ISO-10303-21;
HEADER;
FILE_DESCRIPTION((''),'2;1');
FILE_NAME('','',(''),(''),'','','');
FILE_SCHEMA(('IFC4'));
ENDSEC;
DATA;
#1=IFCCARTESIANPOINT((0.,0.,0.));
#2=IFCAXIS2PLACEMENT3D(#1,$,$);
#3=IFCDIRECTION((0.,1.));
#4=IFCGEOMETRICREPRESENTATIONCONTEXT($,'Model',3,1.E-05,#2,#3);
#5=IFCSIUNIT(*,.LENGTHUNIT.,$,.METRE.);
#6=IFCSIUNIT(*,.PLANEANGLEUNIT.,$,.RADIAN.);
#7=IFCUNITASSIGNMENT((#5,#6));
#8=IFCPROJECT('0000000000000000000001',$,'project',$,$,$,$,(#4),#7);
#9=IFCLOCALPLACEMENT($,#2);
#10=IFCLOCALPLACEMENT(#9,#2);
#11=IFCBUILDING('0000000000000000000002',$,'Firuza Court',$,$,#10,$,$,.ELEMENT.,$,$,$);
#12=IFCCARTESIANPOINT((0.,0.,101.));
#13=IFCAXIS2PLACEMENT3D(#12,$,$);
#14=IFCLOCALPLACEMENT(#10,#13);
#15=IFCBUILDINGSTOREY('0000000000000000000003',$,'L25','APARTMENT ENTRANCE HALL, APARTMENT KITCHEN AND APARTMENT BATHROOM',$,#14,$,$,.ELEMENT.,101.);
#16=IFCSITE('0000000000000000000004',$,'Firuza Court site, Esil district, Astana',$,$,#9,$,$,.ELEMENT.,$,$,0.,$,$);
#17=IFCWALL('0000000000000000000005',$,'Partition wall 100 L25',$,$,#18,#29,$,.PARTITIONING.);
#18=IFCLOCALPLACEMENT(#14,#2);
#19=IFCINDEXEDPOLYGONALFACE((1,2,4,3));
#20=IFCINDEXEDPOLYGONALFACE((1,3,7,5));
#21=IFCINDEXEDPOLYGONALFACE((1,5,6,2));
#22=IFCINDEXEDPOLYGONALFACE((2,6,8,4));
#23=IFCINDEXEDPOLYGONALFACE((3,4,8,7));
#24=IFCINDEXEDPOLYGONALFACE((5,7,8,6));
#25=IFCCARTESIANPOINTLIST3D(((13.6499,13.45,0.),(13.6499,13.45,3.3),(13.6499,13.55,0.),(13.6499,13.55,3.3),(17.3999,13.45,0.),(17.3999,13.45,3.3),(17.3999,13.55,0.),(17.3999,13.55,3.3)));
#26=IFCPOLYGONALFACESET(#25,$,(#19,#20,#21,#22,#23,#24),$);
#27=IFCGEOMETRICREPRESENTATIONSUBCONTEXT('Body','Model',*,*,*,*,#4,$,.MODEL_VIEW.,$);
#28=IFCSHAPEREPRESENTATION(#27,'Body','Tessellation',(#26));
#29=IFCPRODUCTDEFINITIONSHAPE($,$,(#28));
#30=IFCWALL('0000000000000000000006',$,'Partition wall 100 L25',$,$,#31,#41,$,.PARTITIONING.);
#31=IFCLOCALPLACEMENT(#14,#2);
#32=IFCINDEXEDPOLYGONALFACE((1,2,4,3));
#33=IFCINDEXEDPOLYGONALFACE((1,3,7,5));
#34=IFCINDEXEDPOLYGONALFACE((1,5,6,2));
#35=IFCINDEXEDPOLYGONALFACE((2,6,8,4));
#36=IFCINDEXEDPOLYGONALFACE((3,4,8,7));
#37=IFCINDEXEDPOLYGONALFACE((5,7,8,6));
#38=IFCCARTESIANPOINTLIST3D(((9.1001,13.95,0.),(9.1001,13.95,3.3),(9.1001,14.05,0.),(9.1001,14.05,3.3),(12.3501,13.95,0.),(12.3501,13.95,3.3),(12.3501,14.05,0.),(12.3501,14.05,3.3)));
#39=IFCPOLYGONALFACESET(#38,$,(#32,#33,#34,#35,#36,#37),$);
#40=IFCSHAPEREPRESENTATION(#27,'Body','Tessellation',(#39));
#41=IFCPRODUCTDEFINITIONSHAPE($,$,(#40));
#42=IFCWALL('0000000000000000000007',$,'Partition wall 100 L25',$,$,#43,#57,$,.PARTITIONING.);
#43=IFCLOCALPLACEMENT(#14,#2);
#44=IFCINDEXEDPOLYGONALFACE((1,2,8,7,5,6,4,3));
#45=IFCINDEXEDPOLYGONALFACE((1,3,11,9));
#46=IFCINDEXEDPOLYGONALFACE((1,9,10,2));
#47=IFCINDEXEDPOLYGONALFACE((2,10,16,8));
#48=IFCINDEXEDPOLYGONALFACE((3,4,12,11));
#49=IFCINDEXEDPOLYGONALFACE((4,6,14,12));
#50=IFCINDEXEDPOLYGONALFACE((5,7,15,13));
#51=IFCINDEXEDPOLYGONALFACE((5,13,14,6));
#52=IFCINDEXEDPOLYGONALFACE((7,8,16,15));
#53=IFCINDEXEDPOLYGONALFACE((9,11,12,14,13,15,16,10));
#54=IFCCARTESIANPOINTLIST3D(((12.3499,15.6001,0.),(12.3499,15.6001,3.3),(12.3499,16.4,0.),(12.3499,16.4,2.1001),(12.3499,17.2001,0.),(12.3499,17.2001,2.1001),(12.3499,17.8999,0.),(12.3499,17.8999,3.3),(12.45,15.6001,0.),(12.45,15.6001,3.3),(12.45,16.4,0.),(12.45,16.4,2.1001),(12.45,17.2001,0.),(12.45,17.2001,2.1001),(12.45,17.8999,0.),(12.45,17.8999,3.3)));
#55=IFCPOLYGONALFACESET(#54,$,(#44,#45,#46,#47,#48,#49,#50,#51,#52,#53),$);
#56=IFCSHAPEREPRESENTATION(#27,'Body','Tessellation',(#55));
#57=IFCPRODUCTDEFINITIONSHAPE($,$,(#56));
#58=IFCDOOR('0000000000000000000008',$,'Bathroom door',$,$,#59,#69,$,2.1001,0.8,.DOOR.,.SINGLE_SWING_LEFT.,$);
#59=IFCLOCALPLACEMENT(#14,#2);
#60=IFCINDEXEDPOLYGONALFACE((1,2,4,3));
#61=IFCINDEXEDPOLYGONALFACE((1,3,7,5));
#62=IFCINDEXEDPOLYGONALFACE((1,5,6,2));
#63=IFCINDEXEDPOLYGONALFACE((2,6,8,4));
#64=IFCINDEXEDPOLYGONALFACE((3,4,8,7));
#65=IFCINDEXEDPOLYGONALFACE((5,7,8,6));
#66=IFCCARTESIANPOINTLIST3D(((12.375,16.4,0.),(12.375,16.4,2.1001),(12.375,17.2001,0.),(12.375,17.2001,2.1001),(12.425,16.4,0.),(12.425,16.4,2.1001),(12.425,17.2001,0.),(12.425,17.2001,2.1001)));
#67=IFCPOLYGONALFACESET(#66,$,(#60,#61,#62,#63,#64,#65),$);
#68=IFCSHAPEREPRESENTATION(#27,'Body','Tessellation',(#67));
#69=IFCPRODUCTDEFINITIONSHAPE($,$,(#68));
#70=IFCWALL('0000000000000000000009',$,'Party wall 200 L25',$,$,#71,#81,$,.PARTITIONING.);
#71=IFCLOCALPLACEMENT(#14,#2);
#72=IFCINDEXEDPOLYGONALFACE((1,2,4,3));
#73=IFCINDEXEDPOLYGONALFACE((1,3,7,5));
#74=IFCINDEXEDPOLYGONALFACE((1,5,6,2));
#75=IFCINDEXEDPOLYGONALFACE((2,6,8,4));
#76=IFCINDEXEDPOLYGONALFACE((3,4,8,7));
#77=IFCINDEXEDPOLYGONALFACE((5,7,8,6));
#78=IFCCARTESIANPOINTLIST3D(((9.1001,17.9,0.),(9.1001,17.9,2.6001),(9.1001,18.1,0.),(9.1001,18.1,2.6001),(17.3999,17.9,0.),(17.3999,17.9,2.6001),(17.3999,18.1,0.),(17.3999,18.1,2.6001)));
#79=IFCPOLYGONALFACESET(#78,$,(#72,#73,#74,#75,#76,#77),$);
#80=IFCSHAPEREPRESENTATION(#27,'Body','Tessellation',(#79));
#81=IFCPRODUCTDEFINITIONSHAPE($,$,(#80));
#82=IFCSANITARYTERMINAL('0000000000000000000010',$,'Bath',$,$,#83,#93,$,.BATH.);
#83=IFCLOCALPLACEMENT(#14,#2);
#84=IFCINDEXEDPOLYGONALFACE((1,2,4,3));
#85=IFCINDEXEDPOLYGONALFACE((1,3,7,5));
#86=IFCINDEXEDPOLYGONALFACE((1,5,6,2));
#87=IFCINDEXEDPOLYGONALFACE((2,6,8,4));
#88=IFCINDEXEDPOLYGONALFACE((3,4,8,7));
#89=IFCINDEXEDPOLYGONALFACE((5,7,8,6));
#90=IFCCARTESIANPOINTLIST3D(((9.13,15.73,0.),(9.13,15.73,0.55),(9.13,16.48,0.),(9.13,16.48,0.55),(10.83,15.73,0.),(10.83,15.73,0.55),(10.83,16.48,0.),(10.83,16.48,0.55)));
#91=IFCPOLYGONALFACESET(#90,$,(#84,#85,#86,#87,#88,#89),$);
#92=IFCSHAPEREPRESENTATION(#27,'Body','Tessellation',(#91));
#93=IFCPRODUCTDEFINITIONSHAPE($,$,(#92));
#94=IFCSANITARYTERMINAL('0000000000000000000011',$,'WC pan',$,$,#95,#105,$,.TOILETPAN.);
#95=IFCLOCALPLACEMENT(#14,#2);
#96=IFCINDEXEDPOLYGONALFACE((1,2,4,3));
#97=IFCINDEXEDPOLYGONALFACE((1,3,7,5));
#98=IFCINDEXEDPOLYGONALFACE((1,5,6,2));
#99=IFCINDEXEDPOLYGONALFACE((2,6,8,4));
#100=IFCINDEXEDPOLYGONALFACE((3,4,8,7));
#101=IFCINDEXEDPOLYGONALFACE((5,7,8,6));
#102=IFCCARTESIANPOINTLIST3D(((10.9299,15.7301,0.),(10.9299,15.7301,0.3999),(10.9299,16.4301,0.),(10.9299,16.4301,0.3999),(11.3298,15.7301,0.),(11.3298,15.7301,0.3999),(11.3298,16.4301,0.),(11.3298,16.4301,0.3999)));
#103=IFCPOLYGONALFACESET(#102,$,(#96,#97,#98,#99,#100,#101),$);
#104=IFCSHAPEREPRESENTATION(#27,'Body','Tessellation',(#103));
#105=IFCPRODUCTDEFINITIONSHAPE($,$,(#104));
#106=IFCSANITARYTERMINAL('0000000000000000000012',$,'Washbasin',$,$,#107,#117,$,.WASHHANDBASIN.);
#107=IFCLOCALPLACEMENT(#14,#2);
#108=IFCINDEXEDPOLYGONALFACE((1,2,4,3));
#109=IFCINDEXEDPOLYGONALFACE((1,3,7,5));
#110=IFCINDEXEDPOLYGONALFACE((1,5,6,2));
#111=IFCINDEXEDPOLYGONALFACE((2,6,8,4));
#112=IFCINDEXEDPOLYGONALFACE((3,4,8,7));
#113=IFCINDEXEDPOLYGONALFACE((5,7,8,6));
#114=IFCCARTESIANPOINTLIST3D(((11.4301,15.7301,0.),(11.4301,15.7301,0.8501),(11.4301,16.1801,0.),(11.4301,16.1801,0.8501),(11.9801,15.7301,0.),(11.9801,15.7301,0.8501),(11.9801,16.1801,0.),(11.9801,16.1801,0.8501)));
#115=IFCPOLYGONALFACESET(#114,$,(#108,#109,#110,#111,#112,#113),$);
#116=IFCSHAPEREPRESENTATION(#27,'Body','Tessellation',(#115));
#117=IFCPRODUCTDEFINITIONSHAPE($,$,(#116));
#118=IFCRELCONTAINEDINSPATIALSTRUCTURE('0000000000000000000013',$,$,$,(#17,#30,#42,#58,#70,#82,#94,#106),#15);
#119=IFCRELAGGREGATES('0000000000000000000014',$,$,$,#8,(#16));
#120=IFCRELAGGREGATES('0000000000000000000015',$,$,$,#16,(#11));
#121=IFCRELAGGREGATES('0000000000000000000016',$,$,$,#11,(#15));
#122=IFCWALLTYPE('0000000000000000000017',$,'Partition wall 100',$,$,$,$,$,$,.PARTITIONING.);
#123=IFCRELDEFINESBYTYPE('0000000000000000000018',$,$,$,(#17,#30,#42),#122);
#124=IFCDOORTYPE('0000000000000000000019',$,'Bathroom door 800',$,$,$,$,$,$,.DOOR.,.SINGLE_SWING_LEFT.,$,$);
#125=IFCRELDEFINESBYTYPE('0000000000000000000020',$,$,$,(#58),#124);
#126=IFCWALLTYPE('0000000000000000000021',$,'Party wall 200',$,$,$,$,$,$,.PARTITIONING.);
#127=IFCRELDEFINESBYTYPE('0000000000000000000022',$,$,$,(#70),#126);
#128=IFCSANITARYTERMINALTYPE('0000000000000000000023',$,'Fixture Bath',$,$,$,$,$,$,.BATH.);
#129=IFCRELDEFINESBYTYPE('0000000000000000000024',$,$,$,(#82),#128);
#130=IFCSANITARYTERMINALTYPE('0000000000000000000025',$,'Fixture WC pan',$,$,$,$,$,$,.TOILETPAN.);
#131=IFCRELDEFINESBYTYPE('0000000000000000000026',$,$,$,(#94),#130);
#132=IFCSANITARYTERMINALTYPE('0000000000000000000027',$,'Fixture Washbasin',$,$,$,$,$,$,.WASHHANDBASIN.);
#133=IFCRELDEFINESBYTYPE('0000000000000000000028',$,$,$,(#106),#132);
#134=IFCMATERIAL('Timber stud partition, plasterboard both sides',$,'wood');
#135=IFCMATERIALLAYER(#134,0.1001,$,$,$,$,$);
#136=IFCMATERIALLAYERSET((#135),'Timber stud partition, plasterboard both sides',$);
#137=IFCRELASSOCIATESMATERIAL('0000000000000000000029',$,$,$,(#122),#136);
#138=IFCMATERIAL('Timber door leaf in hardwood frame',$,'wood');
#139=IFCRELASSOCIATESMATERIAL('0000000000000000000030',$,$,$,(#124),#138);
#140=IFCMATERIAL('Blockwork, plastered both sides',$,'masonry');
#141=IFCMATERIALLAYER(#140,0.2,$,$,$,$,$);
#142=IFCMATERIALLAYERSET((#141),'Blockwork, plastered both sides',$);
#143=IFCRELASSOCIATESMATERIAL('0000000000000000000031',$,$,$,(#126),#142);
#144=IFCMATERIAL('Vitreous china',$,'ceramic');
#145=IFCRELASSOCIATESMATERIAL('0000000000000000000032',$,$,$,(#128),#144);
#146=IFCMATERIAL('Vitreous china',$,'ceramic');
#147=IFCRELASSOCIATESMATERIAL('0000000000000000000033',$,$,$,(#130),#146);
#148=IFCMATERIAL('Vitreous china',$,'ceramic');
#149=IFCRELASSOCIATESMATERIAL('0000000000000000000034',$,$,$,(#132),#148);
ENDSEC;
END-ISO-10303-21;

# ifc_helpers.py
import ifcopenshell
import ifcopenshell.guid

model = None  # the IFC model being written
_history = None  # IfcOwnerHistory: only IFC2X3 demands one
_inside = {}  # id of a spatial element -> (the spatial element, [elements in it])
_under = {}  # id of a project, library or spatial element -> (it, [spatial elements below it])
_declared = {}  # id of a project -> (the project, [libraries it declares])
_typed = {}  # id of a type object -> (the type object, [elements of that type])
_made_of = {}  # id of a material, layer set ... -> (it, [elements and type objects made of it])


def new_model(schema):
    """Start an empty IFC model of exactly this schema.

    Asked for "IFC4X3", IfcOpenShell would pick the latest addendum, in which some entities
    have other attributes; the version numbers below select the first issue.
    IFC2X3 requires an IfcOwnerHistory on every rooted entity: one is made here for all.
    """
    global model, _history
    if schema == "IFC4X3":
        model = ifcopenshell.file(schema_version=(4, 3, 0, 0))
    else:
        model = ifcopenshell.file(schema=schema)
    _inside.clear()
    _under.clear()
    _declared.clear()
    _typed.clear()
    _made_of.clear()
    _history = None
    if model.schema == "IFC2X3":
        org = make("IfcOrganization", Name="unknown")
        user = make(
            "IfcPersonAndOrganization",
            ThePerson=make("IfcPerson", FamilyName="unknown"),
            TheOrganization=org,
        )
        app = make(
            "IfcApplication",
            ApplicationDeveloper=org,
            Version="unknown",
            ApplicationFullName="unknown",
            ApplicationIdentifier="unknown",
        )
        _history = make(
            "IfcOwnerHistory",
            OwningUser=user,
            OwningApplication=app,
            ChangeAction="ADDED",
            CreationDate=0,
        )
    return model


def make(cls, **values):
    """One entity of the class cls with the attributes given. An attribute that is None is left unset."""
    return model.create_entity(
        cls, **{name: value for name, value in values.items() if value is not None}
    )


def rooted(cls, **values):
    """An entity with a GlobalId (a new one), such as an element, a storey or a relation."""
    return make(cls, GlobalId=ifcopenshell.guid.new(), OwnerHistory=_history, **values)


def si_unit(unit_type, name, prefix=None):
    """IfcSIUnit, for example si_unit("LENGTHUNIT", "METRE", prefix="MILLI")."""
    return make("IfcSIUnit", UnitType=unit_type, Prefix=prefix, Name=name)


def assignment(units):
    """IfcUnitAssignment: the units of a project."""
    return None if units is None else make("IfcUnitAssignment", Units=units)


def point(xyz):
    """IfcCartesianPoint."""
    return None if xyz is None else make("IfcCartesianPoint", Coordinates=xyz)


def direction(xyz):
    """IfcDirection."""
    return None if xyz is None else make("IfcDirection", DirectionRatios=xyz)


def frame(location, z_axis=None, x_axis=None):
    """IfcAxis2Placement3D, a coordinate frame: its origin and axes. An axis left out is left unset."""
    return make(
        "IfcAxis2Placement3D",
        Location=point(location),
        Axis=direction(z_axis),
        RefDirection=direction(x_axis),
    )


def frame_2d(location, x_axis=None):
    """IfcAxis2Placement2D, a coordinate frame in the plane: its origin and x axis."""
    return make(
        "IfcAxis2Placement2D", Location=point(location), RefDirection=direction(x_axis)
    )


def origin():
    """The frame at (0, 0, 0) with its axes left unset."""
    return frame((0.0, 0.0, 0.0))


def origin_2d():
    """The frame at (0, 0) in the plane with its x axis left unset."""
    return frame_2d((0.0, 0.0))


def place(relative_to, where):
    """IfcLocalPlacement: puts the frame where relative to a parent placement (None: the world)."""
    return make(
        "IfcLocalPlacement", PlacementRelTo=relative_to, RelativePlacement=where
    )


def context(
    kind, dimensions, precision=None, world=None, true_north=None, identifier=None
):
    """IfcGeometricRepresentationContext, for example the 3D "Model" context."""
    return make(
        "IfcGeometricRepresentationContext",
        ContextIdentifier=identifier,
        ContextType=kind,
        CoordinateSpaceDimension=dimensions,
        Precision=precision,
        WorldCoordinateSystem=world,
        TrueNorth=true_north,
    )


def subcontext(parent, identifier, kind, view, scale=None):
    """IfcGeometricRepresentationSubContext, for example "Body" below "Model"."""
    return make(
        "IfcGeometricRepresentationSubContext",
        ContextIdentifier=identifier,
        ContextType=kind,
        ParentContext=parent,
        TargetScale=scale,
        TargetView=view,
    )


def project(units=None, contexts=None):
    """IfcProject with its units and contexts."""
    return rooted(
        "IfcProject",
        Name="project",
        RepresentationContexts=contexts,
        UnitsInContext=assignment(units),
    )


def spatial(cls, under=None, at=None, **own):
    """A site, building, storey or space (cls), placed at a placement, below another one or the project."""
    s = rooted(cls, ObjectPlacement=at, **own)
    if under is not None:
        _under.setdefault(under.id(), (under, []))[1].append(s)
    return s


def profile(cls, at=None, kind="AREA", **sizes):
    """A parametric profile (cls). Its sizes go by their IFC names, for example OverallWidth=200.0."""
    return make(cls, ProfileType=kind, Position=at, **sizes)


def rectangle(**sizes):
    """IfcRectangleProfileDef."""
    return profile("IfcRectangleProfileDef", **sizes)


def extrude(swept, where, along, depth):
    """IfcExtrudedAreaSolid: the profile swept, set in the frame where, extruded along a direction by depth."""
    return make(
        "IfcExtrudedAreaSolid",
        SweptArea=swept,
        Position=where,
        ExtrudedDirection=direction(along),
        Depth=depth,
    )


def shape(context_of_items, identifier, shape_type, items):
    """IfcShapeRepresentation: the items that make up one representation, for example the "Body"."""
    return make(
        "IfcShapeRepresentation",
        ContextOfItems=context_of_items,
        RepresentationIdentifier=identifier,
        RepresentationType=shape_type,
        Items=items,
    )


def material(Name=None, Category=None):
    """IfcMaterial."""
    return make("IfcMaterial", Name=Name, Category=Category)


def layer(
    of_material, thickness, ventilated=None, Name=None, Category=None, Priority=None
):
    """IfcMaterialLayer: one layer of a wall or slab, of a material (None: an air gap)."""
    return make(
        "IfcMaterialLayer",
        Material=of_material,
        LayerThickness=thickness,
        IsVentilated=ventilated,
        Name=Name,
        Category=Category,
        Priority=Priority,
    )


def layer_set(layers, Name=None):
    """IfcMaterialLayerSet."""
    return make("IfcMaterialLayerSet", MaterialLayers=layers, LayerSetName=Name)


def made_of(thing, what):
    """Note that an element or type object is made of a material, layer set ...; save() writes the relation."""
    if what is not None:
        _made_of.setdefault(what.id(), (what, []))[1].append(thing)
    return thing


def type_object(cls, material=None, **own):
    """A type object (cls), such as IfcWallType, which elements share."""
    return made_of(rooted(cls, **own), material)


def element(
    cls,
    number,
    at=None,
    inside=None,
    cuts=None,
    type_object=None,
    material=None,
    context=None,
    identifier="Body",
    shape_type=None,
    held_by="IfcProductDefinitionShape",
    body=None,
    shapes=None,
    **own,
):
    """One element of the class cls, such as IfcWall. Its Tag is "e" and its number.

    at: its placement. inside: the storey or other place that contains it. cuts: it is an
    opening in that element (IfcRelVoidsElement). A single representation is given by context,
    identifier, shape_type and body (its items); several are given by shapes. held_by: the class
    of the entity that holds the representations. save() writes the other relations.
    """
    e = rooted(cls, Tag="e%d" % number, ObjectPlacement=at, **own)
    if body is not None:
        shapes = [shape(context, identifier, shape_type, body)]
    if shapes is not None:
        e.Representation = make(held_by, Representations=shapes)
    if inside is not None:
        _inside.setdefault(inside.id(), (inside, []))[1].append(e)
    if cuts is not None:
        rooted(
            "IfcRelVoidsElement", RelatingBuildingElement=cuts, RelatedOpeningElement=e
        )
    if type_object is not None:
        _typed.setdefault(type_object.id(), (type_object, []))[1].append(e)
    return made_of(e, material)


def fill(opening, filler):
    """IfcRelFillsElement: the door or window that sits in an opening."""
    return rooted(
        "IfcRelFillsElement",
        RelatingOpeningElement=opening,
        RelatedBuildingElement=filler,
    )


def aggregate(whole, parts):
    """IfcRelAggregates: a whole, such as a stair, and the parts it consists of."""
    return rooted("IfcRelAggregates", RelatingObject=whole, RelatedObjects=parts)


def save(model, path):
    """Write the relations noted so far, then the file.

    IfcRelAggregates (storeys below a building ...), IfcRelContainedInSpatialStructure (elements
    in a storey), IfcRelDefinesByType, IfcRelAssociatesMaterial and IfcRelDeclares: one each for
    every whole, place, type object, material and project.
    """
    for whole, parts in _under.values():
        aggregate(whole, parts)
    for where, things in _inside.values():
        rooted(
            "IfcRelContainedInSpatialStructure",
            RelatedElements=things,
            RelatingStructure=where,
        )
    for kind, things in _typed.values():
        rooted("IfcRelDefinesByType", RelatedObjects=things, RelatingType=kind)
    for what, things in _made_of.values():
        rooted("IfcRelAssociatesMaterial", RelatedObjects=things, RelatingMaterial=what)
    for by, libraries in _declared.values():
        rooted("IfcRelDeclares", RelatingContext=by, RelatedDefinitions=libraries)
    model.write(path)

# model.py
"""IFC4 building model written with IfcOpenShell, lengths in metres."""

from ifc_helpers import new_model, si_unit, direction, frame, frame_2d, origin, origin_2d, place, context, subcontext, project, spatial, rectangle, extrude, material, layer, layer_set, type_object, element, fill, save


model = new_model("IFC4")

# Units and contexts
model_context = context("Model", 3, precision=1e-05, world=origin(), true_north=direction((0.0, 1.0)))
body_context = subcontext(model_context, "Body", "Model", "MODEL_VIEW")
ifc_project = project(units=[si_unit("LENGTHUNIT", "METRE"), si_unit("PLANEANGLEUNIT", "RADIAN")], contexts=[model_context])

# Site, building, storey
site_placement = place(None, origin())
site = spatial("IfcSite", under=ifc_project, at=site_placement, Name="Firuza Court site, Esil district, Astana", CompositionType="ELEMENT", RefElevation=0.0)
building_placement = place(site_placement, origin())
building = spatial("IfcBuilding", under=site, at=building_placement, Name="Firuza Court", CompositionType="ELEMENT")
storey_placement = place(building_placement, frame((0.0, 0.0, 101.0)))
storey = spatial("IfcBuildingStorey", under=building, at=storey_placement, Name="L25", Description="APARTMENT ENTRANCE HALL, APARTMENT KITCHEN AND APARTMENT BATHROOM", CompositionType="ELEMENT", Elevation=101.0)

# Shared definitions
ifc_material_1 = material(Name="Blockwork, plastered both sides", Category="masonry")
ifc_material_2 = material(Name="Timber stud partition, plasterboard both sides", Category="wood")
ifc_layer_1 = layer(ifc_material_2, 0.1001)
ifc_layer_set_1 = layer_set([ifc_layer_1], Name="Timber stud partition, plasterboard both sides")
wall_type_1 = type_object("IfcWallType", Name="Partition wall 100", PredefinedType="PARTITIONING", material=ifc_layer_set_1)

# Walls
wall_1_placement = place(storey_placement, frame((13.6499, 13.5, 0.0), z_axis=(0.0, 0.0, 1.0), x_axis=(1.0, 0.0, 0.0)))
element("IfcWall", 1, at=wall_1_placement, inside=storey, type_object=wall_type_1, Name="Partition wall 100 L25", PredefinedType="PARTITIONING", context=body_context, shape_type="SweptSolid", body=[
    extrude(rectangle(XDim=3.75, YDim=0.1001, at=frame_2d((1.875, 0.0))), origin(), (0.0, 0.0, 1.0), 3.3),
])
wall_2_placement = place(storey_placement, frame((9.1001, 14.0, 0.0), z_axis=(0.0, 0.0, 1.0), x_axis=(1.0, 0.0, 0.0)))
element("IfcWall", 2, at=wall_2_placement, inside=storey, type_object=wall_type_1, Name="Partition wall 100 L25", PredefinedType="PARTITIONING", context=body_context, shape_type="SweptSolid", body=[
    extrude(rectangle(XDim=3.25, YDim=0.1001, at=frame_2d((1.625, 0.0))), origin(), (0.0, 0.0, 1.0), 3.3),
])

# Wall, opening, door
wall_3_placement = place(storey_placement, frame((12.3999, 15.6001, 0.0), z_axis=(0.0, 0.0, 1.0), x_axis=(0.0, 1.0, 0.0)))
wall_3 = element("IfcWall", 3, at=wall_3_placement, inside=storey, type_object=wall_type_1, Name="Partition wall 100 L25", PredefinedType="PARTITIONING", context=body_context, shape_type="SweptSolid", body=[
    extrude(rectangle(XDim=2.2998, YDim=0.1001, at=frame_2d((1.1499, 0.0))), origin(), (0.0, 0.0, 1.0), 3.3),
])
opening_1_placement = place(wall_3_placement, frame((0.8, 0.0, 0.0)))
opening_1 = element("IfcOpeningElement", 4, at=opening_1_placement, cuts=wall_3, PredefinedType="OPENING", context=body_context, shape_type="SweptSolid", body=[
    extrude(rectangle(XDim=0.8, YDim=2.1001, at=frame_2d((0.3999, 1.05))), frame((0.0, 0.062, 0.0), z_axis=(0.0, -1.0, 0.0), x_axis=(1.0, 0.0, 0.0)), (0.0, 0.0, 1.0), 0.124),
])
ifc_material_3 = material(Name="Timber door leaf in hardwood frame", Category="wood")
door_type_1 = type_object("IfcDoorType", Name="Bathroom door 800", OperationType="SINGLE_SWING_LEFT", PredefinedType="DOOR", material=ifc_material_3)
door_1_placement = place(opening_1_placement, origin())
door_1 = element("IfcDoor", 5, at=door_1_placement, inside=storey, type_object=door_type_1, Name="Bathroom door", OperationType="SINGLE_SWING_LEFT", OverallHeight=2.1001, OverallWidth=0.8, PredefinedType="DOOR", context=body_context, shape_type="SweptSolid", body=[
    extrude(rectangle(XDim=0.8, YDim=2.1001, at=frame_2d((0.3999, 1.05))), frame((0.0, 0.0249, 0.0), z_axis=(0.0, -1.0, 0.0), x_axis=(1.0, 0.0, 0.0)), (0.0, 0.0, 1.0), 0.05),
])
fill(opening_1, door_1)

# Wall
ifc_layer_2 = layer(ifc_material_1, 0.2)
ifc_layer_set_2 = layer_set([ifc_layer_2], Name="Blockwork, plastered both sides")
wall_type_2 = type_object("IfcWallType", Name="Party wall 200", PredefinedType="PARTITIONING", material=ifc_layer_set_2)
wall_4_placement = place(storey_placement, frame((9.1001, 18.0, 0.0), z_axis=(0.0, 0.0, 1.0), x_axis=(1.0, 0.0, 0.0)))
element("IfcWall", 6, at=wall_4_placement, inside=storey, type_object=wall_type_2, Name="Party wall 200 L25", PredefinedType="PARTITIONING", context=body_context, shape_type="SweptSolid", body=[
    extrude(rectangle(XDim=8.2998, YDim=0.2, at=frame_2d((4.1499, 0.0))), origin(), (0.0, 0.0, 1.0), 2.6001),
])

# Sanitary terminals
ifc_material_4 = material(Name="Vitreous china", Category="ceramic")
sanitary_terminal_type_1 = type_object("IfcSanitaryTerminalType", Name="Fixture Bath", PredefinedType="BATH", material=ifc_material_4)
sanitary_terminal_1_placement = place(storey_placement, frame((9.98, 16.105, 0.0), z_axis=(0.0, 0.0, 1.0), x_axis=(1.0, 0.0, 0.0)))
element("IfcSanitaryTerminal", 7, at=sanitary_terminal_1_placement, inside=storey, type_object=sanitary_terminal_type_1, Name="Bath", PredefinedType="BATH", context=body_context, shape_type="SweptSolid", body=[
    extrude(rectangle(XDim=1.7, YDim=0.75, at=origin_2d()), origin(), (0.0, 0.0, 1.0), 0.55),
])
ifc_material_5 = material(Name="Vitreous china", Category="ceramic")
sanitary_terminal_type_2 = type_object("IfcSanitaryTerminalType", Name="Fixture WC pan", PredefinedType="TOILETPAN", material=ifc_material_5)
sanitary_terminal_2_placement = place(storey_placement, frame((11.1299, 16.0801, 0.0), z_axis=(0.0, 0.0, 1.0), x_axis=(1.0, 0.0, 0.0)))
element("IfcSanitaryTerminal", 8, at=sanitary_terminal_2_placement, inside=storey, type_object=sanitary_terminal_type_2, Name="WC pan", PredefinedType="TOILETPAN", context=body_context, shape_type="SweptSolid", body=[
    extrude(rectangle(XDim=0.3999, YDim=0.7, at=origin_2d()), origin(), (0.0, 0.0, 1.0), 0.3999),
])
ifc_material_6 = material(Name="Vitreous china", Category="ceramic")
sanitary_terminal_type_3 = type_object("IfcSanitaryTerminalType", Name="Fixture Washbasin", PredefinedType="WASHHANDBASIN", material=ifc_material_6)
sanitary_terminal_3_placement = place(storey_placement, frame((11.7051, 15.9551, 0.0), z_axis=(0.0, 0.0, 1.0), x_axis=(1.0, 0.0, 0.0)))
element("IfcSanitaryTerminal", 9, at=sanitary_terminal_3_placement, inside=storey, type_object=sanitary_terminal_type_3, Name="Washbasin", PredefinedType="WASHHANDBASIN", context=body_context, shape_type="SweptSolid", body=[
    extrude(rectangle(XDim=0.55, YDim=0.45, at=origin_2d()), origin(), (0.0, 0.0, 1.0), 0.8501),
])

save(model, "model.ifc")
